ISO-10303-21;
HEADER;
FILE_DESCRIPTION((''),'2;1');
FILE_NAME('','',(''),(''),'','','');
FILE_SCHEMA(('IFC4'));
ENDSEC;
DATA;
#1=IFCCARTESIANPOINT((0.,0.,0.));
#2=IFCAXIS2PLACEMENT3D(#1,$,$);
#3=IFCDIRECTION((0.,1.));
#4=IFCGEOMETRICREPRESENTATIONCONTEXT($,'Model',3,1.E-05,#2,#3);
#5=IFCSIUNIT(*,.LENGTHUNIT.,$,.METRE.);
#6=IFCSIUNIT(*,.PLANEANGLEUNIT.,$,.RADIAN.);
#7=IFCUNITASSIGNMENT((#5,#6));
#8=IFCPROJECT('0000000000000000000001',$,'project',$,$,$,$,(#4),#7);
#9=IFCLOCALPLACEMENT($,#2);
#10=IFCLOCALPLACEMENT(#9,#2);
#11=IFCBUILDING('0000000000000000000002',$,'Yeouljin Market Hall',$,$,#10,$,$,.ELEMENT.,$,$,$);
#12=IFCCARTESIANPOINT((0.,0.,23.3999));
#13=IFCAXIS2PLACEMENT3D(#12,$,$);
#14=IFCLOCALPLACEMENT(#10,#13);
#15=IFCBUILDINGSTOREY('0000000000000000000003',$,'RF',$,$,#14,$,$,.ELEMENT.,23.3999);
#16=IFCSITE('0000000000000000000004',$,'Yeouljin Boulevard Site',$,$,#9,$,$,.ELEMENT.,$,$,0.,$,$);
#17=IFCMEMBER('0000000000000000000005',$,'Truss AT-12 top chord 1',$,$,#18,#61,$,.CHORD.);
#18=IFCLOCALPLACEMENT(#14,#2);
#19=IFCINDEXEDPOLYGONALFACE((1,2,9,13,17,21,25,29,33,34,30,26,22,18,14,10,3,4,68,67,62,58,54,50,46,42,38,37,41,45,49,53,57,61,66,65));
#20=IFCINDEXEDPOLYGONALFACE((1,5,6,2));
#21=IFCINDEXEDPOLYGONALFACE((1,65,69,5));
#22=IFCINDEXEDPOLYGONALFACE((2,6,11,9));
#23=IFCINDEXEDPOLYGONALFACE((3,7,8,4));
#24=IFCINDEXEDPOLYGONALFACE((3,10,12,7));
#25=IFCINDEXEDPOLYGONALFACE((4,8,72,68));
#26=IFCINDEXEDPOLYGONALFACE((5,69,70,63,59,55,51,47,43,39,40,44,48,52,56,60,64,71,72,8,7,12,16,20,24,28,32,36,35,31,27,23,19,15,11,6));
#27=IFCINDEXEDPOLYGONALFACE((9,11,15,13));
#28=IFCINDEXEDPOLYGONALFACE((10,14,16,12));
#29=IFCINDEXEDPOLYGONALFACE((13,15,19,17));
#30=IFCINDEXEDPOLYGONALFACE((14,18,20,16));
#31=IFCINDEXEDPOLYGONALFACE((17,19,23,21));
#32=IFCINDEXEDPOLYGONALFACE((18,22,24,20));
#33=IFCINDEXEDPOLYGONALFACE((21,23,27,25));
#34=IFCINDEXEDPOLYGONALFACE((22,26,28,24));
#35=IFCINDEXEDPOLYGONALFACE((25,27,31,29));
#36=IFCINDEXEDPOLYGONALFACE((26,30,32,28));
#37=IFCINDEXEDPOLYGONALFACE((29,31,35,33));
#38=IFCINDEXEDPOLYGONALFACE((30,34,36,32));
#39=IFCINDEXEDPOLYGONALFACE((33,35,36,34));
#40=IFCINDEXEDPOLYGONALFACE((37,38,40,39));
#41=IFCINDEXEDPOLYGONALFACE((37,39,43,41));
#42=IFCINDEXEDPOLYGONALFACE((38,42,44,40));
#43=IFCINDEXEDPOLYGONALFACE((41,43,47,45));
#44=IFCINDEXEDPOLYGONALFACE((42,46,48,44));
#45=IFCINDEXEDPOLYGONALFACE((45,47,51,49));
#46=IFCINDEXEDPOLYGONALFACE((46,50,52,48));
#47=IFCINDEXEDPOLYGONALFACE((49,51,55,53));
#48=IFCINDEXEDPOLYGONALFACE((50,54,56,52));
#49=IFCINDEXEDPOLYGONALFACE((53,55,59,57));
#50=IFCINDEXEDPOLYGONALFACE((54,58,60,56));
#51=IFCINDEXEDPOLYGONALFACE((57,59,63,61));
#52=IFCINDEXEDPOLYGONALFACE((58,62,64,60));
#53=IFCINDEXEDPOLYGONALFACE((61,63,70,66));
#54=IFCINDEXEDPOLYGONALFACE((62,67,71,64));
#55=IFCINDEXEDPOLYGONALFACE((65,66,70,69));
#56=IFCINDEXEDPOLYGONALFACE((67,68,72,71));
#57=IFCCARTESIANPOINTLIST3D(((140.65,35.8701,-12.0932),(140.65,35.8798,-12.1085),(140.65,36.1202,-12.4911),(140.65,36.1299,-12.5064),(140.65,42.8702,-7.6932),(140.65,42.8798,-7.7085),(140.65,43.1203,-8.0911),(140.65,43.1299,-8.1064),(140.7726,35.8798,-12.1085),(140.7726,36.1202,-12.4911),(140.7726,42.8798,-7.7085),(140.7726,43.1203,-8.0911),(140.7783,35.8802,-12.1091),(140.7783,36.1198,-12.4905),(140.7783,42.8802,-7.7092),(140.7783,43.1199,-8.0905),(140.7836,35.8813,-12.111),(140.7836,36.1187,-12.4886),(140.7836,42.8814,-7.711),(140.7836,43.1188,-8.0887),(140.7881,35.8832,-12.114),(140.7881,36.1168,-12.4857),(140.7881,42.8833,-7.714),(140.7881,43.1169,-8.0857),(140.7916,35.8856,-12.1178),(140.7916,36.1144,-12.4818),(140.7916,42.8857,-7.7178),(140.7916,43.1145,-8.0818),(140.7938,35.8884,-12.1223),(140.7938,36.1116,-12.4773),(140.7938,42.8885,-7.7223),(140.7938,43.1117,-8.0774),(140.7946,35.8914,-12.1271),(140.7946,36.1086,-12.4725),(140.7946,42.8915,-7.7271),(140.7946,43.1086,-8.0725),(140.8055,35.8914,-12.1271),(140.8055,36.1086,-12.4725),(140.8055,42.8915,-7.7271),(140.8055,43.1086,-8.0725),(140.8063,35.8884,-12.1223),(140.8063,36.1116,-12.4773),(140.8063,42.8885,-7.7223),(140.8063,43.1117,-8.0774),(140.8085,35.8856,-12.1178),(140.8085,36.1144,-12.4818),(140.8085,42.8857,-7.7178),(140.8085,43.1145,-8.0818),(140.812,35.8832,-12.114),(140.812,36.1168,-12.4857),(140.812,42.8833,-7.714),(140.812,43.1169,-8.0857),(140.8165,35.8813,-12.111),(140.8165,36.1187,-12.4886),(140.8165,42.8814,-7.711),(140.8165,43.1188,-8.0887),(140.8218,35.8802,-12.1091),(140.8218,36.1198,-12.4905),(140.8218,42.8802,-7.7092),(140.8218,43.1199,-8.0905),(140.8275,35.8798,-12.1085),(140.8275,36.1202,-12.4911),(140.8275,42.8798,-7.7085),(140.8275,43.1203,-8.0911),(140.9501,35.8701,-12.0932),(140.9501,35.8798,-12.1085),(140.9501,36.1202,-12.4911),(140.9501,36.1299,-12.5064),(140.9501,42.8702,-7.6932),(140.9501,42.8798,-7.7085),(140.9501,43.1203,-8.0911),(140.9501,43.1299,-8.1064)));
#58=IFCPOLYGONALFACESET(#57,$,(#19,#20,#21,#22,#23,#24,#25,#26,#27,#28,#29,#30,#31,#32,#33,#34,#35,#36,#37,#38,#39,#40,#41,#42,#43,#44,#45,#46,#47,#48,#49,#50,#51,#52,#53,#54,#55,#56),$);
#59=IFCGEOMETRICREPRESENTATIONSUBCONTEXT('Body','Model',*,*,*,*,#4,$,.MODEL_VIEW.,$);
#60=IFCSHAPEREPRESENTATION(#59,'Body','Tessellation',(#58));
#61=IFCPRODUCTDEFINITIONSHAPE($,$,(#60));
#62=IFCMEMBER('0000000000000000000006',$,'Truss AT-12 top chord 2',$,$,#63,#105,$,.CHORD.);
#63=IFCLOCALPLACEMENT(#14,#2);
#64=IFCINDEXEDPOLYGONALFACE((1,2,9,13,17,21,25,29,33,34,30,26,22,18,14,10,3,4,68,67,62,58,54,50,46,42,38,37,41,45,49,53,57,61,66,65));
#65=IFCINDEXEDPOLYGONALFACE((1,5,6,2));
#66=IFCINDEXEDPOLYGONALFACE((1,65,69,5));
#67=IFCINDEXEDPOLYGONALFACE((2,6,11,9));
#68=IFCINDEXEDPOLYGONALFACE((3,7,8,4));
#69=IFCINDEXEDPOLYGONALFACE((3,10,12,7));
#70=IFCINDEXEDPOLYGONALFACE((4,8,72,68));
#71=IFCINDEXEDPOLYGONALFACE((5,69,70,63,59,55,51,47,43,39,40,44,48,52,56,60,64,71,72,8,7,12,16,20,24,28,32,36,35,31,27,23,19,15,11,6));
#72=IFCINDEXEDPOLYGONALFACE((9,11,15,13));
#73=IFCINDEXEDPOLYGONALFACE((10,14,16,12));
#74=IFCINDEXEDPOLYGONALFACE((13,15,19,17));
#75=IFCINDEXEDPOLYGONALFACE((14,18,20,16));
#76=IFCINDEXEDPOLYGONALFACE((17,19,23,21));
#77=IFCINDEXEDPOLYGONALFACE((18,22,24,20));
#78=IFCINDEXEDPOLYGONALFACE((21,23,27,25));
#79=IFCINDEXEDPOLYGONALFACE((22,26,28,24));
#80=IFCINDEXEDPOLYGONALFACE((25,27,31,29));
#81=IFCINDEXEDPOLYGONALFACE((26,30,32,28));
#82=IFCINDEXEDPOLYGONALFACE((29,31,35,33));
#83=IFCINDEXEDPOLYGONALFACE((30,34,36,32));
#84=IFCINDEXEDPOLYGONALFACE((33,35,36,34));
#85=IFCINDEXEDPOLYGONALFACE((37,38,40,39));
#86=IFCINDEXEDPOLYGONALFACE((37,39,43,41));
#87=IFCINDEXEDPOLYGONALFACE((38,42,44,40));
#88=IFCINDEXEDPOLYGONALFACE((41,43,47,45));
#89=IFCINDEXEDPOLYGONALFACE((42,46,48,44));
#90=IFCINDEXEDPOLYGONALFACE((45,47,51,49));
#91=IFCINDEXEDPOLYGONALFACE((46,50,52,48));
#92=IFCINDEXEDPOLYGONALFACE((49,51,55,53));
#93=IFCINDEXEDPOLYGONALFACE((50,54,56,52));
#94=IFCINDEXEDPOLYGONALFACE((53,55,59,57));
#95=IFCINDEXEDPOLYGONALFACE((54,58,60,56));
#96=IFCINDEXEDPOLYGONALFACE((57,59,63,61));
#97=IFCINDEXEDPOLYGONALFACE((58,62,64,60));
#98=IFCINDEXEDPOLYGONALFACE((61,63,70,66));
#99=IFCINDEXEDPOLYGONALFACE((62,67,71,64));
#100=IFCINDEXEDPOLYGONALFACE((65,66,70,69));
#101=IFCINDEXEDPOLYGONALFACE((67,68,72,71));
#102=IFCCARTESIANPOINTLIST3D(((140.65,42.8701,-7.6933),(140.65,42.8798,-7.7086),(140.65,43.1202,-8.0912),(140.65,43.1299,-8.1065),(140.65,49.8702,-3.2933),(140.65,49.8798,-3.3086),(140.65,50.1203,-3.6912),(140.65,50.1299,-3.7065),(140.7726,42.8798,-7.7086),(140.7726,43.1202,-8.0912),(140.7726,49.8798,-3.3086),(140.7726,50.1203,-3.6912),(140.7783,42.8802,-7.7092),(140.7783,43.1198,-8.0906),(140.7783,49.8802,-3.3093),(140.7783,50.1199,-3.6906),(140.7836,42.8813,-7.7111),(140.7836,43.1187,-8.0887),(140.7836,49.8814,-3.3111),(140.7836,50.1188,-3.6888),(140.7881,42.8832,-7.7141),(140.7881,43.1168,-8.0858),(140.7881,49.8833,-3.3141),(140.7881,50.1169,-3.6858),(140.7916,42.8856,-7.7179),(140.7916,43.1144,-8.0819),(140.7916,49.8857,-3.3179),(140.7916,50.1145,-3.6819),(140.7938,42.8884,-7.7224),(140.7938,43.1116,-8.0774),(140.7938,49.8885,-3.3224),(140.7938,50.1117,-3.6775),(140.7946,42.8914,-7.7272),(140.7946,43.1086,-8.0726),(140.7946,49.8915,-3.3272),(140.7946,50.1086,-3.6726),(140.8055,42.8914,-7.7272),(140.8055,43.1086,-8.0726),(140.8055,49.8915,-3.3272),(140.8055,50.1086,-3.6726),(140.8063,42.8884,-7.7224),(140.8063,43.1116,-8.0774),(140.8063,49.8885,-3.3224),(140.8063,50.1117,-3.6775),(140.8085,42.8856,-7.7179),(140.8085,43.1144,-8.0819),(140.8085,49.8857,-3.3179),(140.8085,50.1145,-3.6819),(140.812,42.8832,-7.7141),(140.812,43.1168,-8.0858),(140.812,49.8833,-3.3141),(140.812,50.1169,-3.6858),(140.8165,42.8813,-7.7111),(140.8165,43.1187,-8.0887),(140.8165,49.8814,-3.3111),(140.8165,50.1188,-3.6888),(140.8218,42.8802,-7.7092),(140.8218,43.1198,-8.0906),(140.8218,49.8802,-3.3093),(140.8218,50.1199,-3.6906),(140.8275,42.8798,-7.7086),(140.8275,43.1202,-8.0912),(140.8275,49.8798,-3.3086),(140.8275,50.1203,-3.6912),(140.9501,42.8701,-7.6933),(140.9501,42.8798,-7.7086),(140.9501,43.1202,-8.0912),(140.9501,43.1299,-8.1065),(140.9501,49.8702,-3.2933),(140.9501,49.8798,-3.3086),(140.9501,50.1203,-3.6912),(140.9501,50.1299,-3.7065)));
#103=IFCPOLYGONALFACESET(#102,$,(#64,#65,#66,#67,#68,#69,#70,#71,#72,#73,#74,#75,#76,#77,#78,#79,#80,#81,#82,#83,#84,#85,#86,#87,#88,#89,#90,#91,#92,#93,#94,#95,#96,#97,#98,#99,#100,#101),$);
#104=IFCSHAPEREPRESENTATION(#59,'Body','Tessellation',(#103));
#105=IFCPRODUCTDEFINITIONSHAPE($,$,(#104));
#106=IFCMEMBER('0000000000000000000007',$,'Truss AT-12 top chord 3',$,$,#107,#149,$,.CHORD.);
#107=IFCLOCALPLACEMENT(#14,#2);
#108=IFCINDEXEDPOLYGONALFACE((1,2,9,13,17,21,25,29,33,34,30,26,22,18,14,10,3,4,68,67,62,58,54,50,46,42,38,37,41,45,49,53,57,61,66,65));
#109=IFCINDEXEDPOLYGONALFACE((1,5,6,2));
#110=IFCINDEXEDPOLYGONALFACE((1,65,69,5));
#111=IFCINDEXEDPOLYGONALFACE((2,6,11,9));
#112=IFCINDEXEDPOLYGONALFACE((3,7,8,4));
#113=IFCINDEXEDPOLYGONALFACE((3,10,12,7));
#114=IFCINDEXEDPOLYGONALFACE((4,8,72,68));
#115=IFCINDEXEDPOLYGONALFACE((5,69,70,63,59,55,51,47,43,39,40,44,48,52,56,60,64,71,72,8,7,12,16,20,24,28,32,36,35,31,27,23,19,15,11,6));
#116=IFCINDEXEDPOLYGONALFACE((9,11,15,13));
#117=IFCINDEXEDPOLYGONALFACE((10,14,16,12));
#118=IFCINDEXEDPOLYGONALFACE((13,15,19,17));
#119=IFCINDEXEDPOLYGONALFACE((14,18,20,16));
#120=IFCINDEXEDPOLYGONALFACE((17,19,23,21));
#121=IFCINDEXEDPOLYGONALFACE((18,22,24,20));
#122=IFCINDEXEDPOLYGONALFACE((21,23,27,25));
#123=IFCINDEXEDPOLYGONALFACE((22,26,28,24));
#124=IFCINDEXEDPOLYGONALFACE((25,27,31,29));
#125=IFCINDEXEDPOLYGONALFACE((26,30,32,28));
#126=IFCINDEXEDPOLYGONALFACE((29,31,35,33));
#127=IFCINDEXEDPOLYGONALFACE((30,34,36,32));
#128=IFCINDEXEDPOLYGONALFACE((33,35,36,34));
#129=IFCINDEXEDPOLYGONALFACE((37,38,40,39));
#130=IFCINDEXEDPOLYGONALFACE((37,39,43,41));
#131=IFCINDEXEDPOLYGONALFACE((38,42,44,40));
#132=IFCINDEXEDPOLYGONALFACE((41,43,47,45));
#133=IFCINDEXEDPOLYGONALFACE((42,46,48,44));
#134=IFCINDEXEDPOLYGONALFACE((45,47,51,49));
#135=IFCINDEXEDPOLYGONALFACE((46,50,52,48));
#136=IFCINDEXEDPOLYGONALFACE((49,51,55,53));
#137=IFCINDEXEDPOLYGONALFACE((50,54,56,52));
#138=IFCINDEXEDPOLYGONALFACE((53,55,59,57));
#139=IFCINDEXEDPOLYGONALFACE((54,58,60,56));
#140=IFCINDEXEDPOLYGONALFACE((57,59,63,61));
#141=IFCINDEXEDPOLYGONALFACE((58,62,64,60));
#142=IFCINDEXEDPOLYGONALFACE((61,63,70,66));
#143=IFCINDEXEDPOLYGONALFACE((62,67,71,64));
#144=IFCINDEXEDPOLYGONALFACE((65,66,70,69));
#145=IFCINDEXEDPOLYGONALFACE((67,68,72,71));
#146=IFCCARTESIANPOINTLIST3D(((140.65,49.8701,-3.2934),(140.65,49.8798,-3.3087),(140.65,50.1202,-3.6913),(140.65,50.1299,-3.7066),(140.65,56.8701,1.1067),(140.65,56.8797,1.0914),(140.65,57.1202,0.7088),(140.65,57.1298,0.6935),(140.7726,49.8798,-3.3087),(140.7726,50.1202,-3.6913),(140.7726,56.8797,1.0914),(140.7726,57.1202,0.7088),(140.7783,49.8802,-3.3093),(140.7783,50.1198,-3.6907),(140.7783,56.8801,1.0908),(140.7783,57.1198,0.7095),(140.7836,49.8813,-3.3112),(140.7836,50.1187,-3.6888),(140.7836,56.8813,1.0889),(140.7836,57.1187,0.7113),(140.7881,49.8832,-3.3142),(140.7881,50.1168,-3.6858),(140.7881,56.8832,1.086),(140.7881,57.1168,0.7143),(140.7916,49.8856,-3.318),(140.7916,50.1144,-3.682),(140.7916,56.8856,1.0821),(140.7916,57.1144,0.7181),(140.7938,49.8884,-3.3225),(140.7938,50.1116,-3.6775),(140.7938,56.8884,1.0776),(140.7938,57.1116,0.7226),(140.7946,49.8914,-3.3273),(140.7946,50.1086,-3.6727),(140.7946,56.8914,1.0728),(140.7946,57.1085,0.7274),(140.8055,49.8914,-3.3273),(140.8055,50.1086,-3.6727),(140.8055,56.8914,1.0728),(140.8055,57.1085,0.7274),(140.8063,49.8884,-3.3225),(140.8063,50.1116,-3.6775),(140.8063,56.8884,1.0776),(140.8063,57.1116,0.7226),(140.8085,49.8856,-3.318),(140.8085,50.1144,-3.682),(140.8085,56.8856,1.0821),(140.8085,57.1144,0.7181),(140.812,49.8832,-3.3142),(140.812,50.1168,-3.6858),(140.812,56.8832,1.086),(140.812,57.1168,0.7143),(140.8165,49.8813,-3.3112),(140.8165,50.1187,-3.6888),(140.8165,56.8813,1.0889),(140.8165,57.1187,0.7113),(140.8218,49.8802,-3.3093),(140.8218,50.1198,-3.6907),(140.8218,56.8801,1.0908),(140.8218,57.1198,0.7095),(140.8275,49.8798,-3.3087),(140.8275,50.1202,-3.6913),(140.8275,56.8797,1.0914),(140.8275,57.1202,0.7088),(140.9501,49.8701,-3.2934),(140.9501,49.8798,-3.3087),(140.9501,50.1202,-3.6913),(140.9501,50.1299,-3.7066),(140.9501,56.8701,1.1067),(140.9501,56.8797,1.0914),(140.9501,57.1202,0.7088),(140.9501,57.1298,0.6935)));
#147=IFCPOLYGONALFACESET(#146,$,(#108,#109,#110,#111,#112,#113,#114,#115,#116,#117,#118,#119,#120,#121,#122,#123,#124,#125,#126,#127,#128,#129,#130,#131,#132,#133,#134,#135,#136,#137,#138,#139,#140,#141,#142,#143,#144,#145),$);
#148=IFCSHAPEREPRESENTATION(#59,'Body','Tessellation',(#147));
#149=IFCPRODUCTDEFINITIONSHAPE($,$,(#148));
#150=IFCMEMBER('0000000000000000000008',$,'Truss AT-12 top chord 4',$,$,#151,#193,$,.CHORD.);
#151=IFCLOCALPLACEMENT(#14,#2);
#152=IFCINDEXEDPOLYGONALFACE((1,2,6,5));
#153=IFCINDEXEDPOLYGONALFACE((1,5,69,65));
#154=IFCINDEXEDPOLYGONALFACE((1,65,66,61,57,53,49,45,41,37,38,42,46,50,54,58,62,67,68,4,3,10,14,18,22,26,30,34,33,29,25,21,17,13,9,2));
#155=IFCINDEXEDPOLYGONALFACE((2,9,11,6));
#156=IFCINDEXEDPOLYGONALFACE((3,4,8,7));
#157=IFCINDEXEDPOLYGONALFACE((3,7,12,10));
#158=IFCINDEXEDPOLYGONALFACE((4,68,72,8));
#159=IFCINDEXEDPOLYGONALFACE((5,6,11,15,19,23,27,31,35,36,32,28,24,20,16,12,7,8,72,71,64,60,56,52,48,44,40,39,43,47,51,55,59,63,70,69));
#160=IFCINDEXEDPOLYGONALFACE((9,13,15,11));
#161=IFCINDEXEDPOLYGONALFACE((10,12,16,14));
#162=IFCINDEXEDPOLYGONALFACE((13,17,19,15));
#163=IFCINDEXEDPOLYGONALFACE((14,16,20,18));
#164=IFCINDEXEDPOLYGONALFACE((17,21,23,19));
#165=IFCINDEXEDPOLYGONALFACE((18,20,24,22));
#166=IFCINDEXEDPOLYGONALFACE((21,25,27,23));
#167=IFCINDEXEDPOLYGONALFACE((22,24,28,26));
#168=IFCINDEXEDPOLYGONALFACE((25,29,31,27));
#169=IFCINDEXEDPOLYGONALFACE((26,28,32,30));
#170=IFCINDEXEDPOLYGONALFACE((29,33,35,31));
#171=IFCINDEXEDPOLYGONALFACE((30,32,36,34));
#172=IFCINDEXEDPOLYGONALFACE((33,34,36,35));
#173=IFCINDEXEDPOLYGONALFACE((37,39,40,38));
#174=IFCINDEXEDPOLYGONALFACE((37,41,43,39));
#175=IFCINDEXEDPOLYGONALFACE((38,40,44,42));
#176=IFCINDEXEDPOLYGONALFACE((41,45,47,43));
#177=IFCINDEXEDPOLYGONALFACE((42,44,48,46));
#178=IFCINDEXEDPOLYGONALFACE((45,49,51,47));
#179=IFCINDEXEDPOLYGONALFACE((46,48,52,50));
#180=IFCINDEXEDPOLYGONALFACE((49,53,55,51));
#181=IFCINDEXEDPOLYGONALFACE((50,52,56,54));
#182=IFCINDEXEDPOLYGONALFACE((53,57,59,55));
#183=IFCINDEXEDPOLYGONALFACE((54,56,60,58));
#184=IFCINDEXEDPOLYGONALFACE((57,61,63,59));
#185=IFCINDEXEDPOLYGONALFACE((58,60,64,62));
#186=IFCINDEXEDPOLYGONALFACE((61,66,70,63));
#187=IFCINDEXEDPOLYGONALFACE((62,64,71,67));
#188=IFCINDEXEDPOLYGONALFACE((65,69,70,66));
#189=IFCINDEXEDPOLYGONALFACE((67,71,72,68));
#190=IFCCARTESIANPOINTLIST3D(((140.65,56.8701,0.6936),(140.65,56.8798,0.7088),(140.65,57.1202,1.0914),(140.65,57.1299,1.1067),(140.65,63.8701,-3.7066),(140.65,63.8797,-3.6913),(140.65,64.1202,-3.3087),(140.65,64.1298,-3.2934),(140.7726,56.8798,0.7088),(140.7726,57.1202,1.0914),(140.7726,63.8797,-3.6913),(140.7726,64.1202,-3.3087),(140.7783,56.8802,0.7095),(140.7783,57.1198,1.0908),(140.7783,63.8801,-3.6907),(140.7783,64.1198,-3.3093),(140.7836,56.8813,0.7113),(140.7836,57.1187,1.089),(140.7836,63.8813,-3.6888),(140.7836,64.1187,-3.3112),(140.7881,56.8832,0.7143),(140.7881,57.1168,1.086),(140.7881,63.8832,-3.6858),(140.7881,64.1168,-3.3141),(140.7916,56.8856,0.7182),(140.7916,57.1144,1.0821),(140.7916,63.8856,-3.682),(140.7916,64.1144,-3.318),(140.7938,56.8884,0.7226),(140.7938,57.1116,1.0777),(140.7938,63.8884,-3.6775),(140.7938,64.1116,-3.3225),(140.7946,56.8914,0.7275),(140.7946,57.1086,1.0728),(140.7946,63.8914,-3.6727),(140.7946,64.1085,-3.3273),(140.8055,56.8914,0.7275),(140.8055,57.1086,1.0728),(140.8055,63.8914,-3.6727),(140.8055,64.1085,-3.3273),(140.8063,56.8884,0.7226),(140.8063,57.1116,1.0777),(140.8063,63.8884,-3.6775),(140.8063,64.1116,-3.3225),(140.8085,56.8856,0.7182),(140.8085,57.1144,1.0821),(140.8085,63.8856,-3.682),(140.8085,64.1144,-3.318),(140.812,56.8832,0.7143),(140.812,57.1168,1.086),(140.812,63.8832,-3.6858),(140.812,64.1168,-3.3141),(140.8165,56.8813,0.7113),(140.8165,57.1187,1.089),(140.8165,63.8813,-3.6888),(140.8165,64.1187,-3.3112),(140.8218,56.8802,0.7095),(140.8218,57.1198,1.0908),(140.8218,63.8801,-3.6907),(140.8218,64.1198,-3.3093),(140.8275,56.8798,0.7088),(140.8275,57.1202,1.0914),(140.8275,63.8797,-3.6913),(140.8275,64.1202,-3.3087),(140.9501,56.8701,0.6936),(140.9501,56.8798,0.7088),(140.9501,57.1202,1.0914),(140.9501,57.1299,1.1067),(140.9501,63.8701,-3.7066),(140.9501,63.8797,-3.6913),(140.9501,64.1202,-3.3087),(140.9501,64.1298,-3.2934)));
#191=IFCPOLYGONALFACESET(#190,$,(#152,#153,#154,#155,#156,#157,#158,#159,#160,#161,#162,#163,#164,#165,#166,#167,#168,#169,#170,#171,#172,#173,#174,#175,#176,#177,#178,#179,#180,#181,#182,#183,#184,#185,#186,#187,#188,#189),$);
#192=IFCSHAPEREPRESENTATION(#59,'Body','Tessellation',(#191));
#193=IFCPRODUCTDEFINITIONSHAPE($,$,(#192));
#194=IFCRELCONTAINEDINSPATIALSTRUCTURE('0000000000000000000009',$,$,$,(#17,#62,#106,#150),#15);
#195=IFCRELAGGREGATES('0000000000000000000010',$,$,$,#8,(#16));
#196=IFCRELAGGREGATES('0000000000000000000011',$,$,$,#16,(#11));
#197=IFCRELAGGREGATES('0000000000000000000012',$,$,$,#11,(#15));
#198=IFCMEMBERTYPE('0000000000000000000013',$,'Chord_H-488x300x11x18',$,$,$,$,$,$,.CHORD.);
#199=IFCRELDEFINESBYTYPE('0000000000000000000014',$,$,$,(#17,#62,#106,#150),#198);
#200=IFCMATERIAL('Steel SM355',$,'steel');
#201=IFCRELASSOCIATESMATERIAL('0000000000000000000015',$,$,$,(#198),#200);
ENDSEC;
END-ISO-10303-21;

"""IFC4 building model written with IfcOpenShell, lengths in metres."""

from ifc_helpers import new_model, si_unit, direction, frame, origin, origin_2d, place, context, subcontext, project, spatial, i_section, extrude, material, material_profile, profile_set, type_object, element, save


model = new_model("IFC4")

# Units and contexts
model_context = context("Model", 3, precision=1e-05, world=origin(), true_north=direction((0.0, 1.0)))
body_context = subcontext(model_context, "Body", "Model", "MODEL_VIEW")
ifc_project = project(units=[si_unit("LENGTHUNIT", "METRE"), si_unit("PLANEANGLEUNIT", "RADIAN")], contexts=[model_context])

# Site, building, storey
site_placement = place(None, origin())
site = spatial("IfcSite", under=ifc_project, at=site_placement, Name="Yeouljin Boulevard Site", CompositionType="ELEMENT", RefElevation=0.0)
building_placement = place(site_placement, origin())
building = spatial("IfcBuilding", under=site, at=building_placement, Name="Yeouljin Market Hall", CompositionType="ELEMENT")
storey_placement = place(building_placement, frame((0.0, 0.0, 23.3999)))
storey = spatial("IfcBuildingStorey", under=building, at=storey_placement, Name="RF", CompositionType="ELEMENT", Elevation=23.3999)

# Members
ifc_material_1 = material(Name="Steel SM355", Category="steel")
ifc_material_profile_1 = material_profile(ifc_material_1, i_section(OverallWidth=0.3, OverallDepth=0.488, WebThickness=0.011, FlangeThickness=0.0181, FilletRadius=0.022, at=origin_2d()), Name="H-488x300x11x18")
ifc_profile_set_1 = profile_set([ifc_material_profile_1], Name="Steel SM355")
member_type_1 = type_object("IfcMemberType", Name="Chord_H-488x300x11x18", PredefinedType="CHORD", material=ifc_profile_set_1)
for number, where, z_axis, x_axis, name in (
    (1, (140.8, 36.0, -12.2998), (0.0, 0.846642, 0.532163), (-1.0, 0.0, 0.0), "Truss AT-12 top chord 1"),
    (2, (140.8, 43.0, -7.8999), (0.0, 0.846642, 0.532163), (-1.0, 0.0, 0.0), "Truss AT-12 top chord 2"),
    (3, (140.8, 50.0, -3.5), (0.0, 0.846629, 0.532184), (-1.0, 0.0, 0.0), "Truss AT-12 top chord 3"),
    (4, (140.8, 57.0, 0.9001), (0.0, 0.846629, -0.532184), (-1.0, 0.0, 0.0), "Truss AT-12 top chord 4"),
):
    element("IfcMember", number, at=place(storey_placement, frame(where, z_axis=z_axis, x_axis=x_axis)), inside=storey, type_object=member_type_1, Name=name, PredefinedType="CHORD", context=body_context, shape_type="SweptSolid", body=[
        extrude(i_section(OverallWidth=0.3, OverallDepth=0.488, WebThickness=0.011, FlangeThickness=0.0181, FilletRadius=0.022, at=origin_2d()), origin(), (0.0, 0.0, 1.0), 8.2681),
    ])

save(model, "model.ifc")
